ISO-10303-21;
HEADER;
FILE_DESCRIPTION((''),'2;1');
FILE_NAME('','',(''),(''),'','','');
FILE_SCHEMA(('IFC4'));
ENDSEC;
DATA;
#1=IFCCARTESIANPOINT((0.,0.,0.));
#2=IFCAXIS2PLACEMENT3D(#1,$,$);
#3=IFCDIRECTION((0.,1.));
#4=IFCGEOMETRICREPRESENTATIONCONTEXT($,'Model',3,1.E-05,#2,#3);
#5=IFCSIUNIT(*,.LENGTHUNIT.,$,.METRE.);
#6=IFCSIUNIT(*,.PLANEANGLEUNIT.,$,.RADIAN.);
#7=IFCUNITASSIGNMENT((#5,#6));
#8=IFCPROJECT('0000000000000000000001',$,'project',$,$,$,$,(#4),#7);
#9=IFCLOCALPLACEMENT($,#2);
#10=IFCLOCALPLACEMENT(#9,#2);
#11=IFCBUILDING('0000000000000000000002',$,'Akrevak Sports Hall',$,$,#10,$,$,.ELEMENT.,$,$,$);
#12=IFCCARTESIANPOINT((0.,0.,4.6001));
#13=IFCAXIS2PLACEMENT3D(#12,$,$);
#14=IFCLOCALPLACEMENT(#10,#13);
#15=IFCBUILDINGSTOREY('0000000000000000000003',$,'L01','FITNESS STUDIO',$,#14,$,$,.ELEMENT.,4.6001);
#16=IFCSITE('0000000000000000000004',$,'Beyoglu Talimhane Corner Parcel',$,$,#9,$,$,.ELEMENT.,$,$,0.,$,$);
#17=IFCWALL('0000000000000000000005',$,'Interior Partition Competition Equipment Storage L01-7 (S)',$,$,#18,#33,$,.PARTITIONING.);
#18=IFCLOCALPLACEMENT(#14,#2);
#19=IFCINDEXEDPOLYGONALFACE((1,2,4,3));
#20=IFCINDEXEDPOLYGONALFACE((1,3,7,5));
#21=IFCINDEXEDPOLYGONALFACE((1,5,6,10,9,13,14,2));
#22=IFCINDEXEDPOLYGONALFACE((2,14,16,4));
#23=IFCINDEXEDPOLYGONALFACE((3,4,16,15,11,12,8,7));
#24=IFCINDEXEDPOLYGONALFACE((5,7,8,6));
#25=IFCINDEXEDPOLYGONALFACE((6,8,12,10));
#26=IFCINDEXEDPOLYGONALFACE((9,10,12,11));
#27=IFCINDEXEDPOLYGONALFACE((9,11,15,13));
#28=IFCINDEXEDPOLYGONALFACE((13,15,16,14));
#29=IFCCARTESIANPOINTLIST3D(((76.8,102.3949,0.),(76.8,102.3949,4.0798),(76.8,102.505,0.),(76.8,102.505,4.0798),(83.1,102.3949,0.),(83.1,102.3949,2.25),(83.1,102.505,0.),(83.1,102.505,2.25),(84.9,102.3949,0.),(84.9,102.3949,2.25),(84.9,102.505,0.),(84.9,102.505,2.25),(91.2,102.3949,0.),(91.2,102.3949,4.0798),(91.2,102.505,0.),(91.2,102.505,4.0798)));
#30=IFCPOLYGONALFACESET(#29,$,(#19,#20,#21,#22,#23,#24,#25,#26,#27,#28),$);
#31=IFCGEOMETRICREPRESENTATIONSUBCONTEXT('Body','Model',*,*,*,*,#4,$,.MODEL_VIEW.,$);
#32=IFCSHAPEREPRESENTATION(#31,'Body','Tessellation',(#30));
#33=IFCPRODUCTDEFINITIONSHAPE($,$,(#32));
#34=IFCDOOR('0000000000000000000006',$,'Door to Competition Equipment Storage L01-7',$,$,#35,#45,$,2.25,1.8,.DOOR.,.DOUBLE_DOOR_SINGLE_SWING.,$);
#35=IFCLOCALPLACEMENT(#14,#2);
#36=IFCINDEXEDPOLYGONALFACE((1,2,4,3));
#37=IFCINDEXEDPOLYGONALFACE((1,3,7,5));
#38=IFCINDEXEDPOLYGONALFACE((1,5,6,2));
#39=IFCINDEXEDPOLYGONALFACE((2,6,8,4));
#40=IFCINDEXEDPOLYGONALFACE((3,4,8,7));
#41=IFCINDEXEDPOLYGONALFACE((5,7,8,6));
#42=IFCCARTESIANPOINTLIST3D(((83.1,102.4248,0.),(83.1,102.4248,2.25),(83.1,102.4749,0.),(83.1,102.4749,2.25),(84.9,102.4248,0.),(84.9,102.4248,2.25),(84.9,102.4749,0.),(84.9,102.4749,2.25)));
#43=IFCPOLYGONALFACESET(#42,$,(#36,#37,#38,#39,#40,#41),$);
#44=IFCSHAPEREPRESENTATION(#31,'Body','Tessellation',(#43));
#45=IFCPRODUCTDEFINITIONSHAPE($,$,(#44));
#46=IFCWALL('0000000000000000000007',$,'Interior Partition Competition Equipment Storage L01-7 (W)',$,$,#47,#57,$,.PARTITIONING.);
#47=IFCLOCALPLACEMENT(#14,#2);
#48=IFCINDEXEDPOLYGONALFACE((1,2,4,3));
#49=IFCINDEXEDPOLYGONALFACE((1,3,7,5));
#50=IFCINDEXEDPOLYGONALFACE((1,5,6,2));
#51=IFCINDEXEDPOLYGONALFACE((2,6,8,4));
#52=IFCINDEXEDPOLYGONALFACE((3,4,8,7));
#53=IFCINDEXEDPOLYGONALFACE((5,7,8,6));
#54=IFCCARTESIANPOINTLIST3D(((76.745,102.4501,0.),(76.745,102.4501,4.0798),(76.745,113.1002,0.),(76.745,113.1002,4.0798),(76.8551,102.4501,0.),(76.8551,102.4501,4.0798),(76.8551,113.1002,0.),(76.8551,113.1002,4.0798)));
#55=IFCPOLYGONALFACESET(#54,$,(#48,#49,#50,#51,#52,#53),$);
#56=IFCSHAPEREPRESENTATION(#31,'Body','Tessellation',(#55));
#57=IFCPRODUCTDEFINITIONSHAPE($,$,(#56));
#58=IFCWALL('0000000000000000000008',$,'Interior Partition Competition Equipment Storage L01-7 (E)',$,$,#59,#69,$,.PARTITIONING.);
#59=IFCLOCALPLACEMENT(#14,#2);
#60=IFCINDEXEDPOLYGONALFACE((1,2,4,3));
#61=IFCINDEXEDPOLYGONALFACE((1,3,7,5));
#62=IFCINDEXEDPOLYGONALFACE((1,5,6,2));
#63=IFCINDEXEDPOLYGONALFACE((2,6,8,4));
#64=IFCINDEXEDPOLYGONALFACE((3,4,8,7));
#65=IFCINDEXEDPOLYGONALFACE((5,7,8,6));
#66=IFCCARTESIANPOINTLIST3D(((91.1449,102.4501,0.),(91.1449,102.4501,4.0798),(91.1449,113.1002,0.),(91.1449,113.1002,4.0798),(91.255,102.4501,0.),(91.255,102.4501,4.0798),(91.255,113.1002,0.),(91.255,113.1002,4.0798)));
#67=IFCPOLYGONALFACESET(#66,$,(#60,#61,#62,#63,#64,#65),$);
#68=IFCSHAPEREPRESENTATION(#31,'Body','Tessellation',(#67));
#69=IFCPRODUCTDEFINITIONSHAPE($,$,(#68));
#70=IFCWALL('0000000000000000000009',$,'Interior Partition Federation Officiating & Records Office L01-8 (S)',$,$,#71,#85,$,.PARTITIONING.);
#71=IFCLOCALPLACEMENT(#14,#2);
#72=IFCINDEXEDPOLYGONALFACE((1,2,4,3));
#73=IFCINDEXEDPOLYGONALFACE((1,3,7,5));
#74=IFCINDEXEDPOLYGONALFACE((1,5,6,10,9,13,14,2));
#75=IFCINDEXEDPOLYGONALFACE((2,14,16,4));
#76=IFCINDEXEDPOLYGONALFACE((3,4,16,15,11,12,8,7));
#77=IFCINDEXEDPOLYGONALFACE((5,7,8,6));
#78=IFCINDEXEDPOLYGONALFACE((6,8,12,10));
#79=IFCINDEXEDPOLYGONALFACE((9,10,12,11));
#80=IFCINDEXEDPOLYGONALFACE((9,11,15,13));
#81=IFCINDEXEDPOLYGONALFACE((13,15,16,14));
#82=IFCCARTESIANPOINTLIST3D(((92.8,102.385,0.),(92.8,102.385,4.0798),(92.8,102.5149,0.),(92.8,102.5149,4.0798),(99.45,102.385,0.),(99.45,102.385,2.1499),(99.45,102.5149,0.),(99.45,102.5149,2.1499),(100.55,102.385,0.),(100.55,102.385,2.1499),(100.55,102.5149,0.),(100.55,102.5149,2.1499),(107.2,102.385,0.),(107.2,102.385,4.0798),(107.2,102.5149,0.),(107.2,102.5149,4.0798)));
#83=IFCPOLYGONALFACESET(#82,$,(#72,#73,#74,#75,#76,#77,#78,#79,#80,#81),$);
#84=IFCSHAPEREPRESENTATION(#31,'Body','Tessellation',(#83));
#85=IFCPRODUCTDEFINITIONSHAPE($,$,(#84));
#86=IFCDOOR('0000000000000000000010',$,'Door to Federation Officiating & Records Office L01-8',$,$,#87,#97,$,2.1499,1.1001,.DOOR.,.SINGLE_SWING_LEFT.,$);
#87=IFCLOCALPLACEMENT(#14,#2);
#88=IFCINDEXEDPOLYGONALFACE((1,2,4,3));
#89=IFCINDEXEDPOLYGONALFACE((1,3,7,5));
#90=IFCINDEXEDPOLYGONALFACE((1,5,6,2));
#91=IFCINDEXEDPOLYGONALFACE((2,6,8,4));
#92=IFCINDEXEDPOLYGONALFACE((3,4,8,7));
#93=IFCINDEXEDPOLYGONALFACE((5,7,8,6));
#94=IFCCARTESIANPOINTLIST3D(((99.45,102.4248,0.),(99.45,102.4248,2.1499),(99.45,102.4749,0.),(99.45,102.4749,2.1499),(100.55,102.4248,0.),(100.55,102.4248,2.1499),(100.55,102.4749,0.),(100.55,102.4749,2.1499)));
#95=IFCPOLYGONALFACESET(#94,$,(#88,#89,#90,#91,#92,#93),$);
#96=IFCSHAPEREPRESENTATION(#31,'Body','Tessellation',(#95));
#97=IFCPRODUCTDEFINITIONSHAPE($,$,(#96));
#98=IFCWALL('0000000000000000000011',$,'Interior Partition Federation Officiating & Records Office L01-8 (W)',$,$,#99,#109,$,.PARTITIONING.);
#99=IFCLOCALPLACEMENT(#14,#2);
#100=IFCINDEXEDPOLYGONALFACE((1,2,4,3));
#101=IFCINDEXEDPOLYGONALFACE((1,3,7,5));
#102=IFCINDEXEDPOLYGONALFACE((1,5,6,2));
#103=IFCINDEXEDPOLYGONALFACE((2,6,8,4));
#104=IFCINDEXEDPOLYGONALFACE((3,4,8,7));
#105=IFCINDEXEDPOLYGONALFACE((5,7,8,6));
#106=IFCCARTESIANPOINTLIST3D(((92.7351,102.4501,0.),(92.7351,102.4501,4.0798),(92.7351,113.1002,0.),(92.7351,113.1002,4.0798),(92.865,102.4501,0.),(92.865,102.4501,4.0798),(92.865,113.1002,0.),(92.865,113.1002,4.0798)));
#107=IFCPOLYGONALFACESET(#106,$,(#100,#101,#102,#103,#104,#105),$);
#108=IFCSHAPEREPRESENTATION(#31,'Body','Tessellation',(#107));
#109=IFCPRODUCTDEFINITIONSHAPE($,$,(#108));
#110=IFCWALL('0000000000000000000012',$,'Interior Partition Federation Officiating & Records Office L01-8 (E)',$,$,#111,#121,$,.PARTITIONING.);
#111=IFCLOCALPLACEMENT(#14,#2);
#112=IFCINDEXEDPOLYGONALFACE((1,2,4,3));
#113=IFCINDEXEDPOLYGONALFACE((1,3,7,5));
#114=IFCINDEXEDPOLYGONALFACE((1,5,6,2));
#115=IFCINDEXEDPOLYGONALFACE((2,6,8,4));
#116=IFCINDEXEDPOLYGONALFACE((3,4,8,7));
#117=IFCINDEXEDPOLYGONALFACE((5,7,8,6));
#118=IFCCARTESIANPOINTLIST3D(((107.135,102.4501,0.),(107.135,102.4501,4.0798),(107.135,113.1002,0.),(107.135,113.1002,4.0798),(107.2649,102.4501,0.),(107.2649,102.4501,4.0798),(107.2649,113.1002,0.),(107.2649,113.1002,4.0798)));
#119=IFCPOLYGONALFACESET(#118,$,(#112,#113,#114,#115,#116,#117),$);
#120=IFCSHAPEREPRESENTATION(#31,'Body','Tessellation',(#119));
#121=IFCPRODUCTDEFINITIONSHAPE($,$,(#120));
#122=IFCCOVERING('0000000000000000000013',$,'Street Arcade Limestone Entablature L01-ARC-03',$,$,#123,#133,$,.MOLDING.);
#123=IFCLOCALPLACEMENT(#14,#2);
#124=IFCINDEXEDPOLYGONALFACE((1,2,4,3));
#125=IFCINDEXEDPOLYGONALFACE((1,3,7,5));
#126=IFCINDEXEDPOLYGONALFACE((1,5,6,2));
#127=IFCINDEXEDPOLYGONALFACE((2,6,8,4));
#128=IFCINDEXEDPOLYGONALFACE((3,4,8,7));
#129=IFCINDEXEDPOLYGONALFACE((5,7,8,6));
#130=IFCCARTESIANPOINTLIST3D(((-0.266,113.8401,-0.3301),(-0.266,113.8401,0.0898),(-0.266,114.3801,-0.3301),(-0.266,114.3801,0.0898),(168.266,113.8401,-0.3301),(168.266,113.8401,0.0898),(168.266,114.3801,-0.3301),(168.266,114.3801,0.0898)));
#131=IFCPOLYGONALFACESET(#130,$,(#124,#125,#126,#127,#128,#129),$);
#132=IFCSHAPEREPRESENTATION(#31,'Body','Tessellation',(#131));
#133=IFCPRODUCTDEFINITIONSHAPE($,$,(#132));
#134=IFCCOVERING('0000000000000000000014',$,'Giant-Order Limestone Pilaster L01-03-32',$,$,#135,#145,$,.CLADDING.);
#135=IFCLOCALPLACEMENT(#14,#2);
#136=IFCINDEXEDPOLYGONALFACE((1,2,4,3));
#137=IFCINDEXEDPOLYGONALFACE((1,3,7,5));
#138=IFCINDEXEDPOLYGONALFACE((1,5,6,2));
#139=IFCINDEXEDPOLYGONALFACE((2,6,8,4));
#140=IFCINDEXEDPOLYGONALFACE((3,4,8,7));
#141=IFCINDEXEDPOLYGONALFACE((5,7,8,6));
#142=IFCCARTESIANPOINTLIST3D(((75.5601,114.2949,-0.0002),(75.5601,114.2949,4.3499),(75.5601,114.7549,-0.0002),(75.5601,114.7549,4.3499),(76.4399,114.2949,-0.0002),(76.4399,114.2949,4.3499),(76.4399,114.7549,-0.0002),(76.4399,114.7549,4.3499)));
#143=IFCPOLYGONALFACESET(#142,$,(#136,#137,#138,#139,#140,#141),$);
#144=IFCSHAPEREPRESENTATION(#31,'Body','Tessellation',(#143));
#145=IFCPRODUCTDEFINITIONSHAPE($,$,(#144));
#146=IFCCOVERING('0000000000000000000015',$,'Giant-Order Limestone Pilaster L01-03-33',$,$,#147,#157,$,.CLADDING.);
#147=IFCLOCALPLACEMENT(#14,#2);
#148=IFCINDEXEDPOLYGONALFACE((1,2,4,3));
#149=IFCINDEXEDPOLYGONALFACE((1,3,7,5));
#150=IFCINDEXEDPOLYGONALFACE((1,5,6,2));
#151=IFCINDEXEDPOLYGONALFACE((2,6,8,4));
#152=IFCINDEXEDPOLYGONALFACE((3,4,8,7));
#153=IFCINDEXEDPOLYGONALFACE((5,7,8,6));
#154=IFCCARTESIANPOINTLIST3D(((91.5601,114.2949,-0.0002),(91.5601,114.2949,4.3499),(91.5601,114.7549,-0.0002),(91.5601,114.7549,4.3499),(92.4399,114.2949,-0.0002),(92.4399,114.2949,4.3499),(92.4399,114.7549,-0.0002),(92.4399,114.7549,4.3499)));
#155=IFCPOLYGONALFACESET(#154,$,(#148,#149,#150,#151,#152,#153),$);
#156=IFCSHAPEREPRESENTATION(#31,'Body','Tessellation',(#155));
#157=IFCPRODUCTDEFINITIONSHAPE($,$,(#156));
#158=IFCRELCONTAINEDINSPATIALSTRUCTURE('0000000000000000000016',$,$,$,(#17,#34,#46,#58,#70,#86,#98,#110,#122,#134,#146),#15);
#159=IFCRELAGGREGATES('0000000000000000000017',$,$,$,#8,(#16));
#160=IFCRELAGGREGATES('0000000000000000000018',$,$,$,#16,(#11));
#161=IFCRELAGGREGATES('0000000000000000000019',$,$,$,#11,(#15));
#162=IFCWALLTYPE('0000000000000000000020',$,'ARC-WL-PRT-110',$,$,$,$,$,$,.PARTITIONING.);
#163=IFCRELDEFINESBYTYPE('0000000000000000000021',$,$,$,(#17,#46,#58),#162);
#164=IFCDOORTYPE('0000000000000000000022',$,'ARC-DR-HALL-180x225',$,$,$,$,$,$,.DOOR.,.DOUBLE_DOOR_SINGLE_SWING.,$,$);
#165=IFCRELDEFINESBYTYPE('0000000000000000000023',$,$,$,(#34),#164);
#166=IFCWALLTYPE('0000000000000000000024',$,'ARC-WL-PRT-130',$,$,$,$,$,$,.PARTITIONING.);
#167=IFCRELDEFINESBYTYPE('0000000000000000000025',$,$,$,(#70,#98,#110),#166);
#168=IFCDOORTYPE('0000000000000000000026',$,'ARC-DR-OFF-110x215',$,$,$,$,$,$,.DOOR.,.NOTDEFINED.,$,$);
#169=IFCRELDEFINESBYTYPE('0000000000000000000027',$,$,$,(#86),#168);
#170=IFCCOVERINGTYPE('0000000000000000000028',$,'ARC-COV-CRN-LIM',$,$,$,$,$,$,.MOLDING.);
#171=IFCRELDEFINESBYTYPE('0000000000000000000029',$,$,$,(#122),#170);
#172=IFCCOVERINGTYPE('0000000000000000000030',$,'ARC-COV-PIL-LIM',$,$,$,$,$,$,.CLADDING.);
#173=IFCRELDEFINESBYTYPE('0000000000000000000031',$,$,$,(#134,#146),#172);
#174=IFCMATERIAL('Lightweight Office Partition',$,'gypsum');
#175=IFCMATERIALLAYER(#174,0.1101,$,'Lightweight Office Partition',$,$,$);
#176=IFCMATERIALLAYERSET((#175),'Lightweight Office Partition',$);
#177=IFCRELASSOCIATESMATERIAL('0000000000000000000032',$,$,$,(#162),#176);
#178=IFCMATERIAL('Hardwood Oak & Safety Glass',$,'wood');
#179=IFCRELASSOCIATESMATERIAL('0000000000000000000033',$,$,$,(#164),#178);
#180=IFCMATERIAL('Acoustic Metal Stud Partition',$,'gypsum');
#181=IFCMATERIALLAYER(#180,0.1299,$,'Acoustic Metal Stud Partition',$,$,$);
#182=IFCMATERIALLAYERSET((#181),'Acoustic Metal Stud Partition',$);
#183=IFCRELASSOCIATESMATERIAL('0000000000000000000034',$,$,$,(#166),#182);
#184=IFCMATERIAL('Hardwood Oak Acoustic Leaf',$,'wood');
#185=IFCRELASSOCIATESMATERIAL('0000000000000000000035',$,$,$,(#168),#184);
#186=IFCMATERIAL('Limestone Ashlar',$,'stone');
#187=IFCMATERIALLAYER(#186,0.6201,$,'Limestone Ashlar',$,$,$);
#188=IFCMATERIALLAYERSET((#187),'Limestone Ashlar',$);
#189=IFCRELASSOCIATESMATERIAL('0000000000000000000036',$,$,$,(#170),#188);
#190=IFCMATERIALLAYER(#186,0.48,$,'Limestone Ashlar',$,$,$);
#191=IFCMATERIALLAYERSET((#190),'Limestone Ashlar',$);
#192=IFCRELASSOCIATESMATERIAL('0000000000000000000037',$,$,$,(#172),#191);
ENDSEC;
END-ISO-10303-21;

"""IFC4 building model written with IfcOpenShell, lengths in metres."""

from ifc_helpers import new_model, si_unit, direction, frame, frame_2d, origin, origin_2d, place, context, subcontext, project, spatial, rectangle, extrude, material, layer, layer_set, type_object, element, fill, save


model = new_model("IFC4")

# Units and contexts
model_context = context("Model", 3, precision=1e-05, world=origin(), true_north=direction((0.0, 1.0)))
body_context = subcontext(model_context, "Body", "Model", "MODEL_VIEW")
ifc_project = project(units=[si_unit("LENGTHUNIT", "METRE"), si_unit("PLANEANGLEUNIT", "RADIAN")], contexts=[model_context])

# Site, building, storey
site_placement = place(None, origin())
site = spatial("IfcSite", under=ifc_project, at=site_placement, Name="Beyoglu Talimhane Corner Parcel", CompositionType="ELEMENT", RefElevation=0.0)
building_placement = place(site_placement, origin())
building = spatial("IfcBuilding", under=site, at=building_placement, Name="Akrevak Sports Hall", CompositionType="ELEMENT")
storey_placement = place(building_placement, frame((0.0, 0.0, 4.6001)))
storey = spatial("IfcBuildingStorey", under=building, at=storey_placement, Name="L01", Description="FITNESS STUDIO", CompositionType="ELEMENT", Elevation=4.6001)

# Shared definitions
ifc_material_1 = material(Name="Limestone Ashlar", Category="stone")

# Wall, opening, door
ifc_material_2 = material(Name="Lightweight Office Partition", Category="gypsum")
ifc_layer_1 = layer(ifc_material_2, 0.1101, Name="Lightweight Office Partition")
ifc_layer_set_1 = layer_set([ifc_layer_1], Name="Lightweight Office Partition")
wall_type_1 = type_object("IfcWallType", Name="ARC-WL-PRT-110", PredefinedType="PARTITIONING", material=ifc_layer_set_1)
wall_1_placement = place(storey_placement, frame((76.8, 102.45, 0.0), z_axis=(0.0, 0.0, 1.0), x_axis=(1.0, 0.0, 0.0)))
wall_1 = element("IfcWall", 1, at=wall_1_placement, inside=storey, type_object=wall_type_1, Name="Interior Partition Competition Equipment Storage L01-7 (S)", PredefinedType="PARTITIONING", context=body_context, shape_type="SweptSolid", body=[
    extrude(rectangle(XDim=14.3999, YDim=0.1101, at=frame_2d((7.2, 0.0))), origin(), (0.0, 0.0, 1.0), 4.0798),
])
opening_1_placement = place(wall_1_placement, frame((6.3, 0.0, 0.0)))
opening_1 = element("IfcOpeningElement", 2, at=opening_1_placement, cuts=wall_1, PredefinedType="OPENING", context=body_context, shape_type="SweptSolid", body=[
    extrude(rectangle(XDim=1.8, YDim=2.25, at=frame_2d((0.8999, 1.125))), frame((0.0, 0.0669, 0.0), z_axis=(0.0, -1.0, 0.0), x_axis=(1.0, 0.0, 0.0)), (0.0, 0.0, 1.0), 0.134),
])
ifc_material_3 = material(Name="Hardwood Oak & Safety Glass", Category="wood")
door_type_1 = type_object("IfcDoorType", Name="ARC-DR-HALL-180x225", OperationType="DOUBLE_DOOR_SINGLE_SWING", PredefinedType="DOOR", material=ifc_material_3)
door_1_placement = place(opening_1_placement, origin())
door_1 = element("IfcDoor", 3, at=door_1_placement, inside=storey, type_object=door_type_1, Name="Door to Competition Equipment Storage L01-7", OperationType="DOUBLE_DOOR_SINGLE_SWING", OverallHeight=2.25, OverallWidth=1.8, PredefinedType="DOOR", context=body_context, shape_type="SweptSolid", body=[
    extrude(rectangle(XDim=1.8, YDim=2.25, at=frame_2d((0.8999, 1.125))), frame((0.0, 0.0249, 0.0), z_axis=(0.0, -1.0, 0.0), x_axis=(1.0, 0.0, 0.0)), (0.0, 0.0, 1.0), 0.05),
])
fill(opening_1, door_1)

# Walls
for number, where, z_axis, x_axis, name in (
    (4, (76.8, 102.45, 0.0), (0.0, 0.0, 1.0), (0.0, 1.0, 0.0), "Interior Partition Competition Equipment Storage L01-7 (W)"),
    (5, (91.2, 102.45, 0.0), (0.0, 0.0, 1.0), (0.0, 1.0, 0.0), "Interior Partition Competition Equipment Storage L01-7 (E)"),
):
    element("IfcWall", number, at=place(storey_placement, frame(where, z_axis=z_axis, x_axis=x_axis)), inside=storey, type_object=wall_type_1, Name=name, PredefinedType="PARTITIONING", context=body_context, shape_type="SweptSolid", body=[
        extrude(rectangle(XDim=10.6501, YDim=0.1101, at=frame_2d((5.3252, 0.0))), origin(), (0.0, 0.0, 1.0), 4.0798),
    ])

# Wall, opening, door
ifc_material_4 = material(Name="Acoustic Metal Stud Partition", Category="gypsum")
ifc_layer_2 = layer(ifc_material_4, 0.1299, Name="Acoustic Metal Stud Partition")
ifc_layer_set_2 = layer_set([ifc_layer_2], Name="Acoustic Metal Stud Partition")
wall_type_2 = type_object("IfcWallType", Name="ARC-WL-PRT-130", PredefinedType="PARTITIONING", material=ifc_layer_set_2)
wall_2_placement = place(storey_placement, frame((92.8, 102.45, 0.0), z_axis=(0.0, 0.0, 1.0), x_axis=(1.0, 0.0, 0.0)))
wall_2 = element("IfcWall", 6, at=wall_2_placement, inside=storey, type_object=wall_type_2, Name="Interior Partition Federation Officiating & Records Office L01-8 (S)", PredefinedType="PARTITIONING", context=body_context, shape_type="SweptSolid", body=[
    extrude(rectangle(XDim=14.3999, YDim=0.1299, at=frame_2d((7.2, 0.0))), origin(), (0.0, 0.0, 1.0), 4.0798),
])
opening_2_placement = place(wall_2_placement, frame((6.6499, 0.0, 0.0)))
opening_2 = element("IfcOpeningElement", 7, at=opening_2_placement, cuts=wall_2, PredefinedType="OPENING", context=body_context, shape_type="SweptSolid", body=[
    extrude(rectangle(XDim=1.1001, YDim=2.1499, at=frame_2d((0.55, 1.075))), frame((0.0, 0.0769, 0.0), z_axis=(0.0, -1.0, 0.0), x_axis=(1.0, 0.0, 0.0)), (0.0, 0.0, 1.0), 0.1538),
])
ifc_material_5 = material(Name="Hardwood Oak Acoustic Leaf", Category="wood")
door_type_2 = type_object("IfcDoorType", Name="ARC-DR-OFF-110x215", OperationType="NOTDEFINED", PredefinedType="DOOR", material=ifc_material_5)
door_2_placement = place(opening_2_placement, origin())
door_2 = element("IfcDoor", 8, at=door_2_placement, inside=storey, type_object=door_type_2, Name="Door to Federation Officiating & Records Office L01-8", OperationType="SINGLE_SWING_LEFT", OverallHeight=2.1499, OverallWidth=1.1001, PredefinedType="DOOR", context=body_context, shape_type="SweptSolid", body=[
    extrude(rectangle(XDim=1.1001, YDim=2.1499, at=frame_2d((0.55, 1.075))), frame((0.0, 0.0249, 0.0), z_axis=(0.0, -1.0, 0.0), x_axis=(1.0, 0.0, 0.0)), (0.0, 0.0, 1.0), 0.05),
])
fill(opening_2, door_2)

# Walls
for number, where, z_axis, x_axis, name in (
    (9, (92.8, 102.45, 0.0), (0.0, 0.0, 1.0), (0.0, 1.0, 0.0), "Interior Partition Federation Officiating & Records Office L01-8 (W)"),
    (10, (107.2, 102.45, 0.0), (0.0, 0.0, 1.0), (0.0, 1.0, 0.0), "Interior Partition Federation Officiating & Records Office L01-8 (E)"),
):
    element("IfcWall", number, at=place(storey_placement, frame(where, z_axis=z_axis, x_axis=x_axis)), inside=storey, type_object=wall_type_2, Name=name, PredefinedType="PARTITIONING", context=body_context, shape_type="SweptSolid", body=[
        extrude(rectangle(XDim=10.6501, YDim=0.1299, at=frame_2d((5.3252, 0.0))), origin(), (0.0, 0.0, 1.0), 4.0798),
    ])

# Coverings
ifc_layer_3 = layer(ifc_material_1, 0.6201, Name="Limestone Ashlar")
ifc_layer_set_3 = layer_set([ifc_layer_3], Name="Limestone Ashlar")
covering_type_1 = type_object("IfcCoveringType", Name="ARC-COV-CRN-LIM", PredefinedType="MOLDING", material=ifc_layer_set_3)
covering_placement = place(storey_placement, frame((84.0, 114.1101, -0.3301), z_axis=(0.0, 0.0, 1.0), x_axis=(-1.0, 0.0, 0.0)))
element("IfcCovering", 11, at=covering_placement, inside=storey, type_object=covering_type_1, Name="Street Arcade Limestone Entablature L01-ARC-03", PredefinedType="MOLDING", context=body_context, shape_type="SweptSolid", body=[
    extrude(rectangle(XDim=168.532, YDim=0.54, at=origin_2d()), origin(), (0.0, 0.0, 1.0), 0.4199),
])
ifc_layer_4 = layer(ifc_material_1, 0.48, Name="Limestone Ashlar")
ifc_layer_set_4 = layer_set([ifc_layer_4], Name="Limestone Ashlar")
covering_type_2 = type_object("IfcCoveringType", Name="ARC-COV-PIL-LIM", PredefinedType="CLADDING", material=ifc_layer_set_4)
for number, where, z_axis, x_axis, name in (
    (12, (76.0, 114.5249, -0.0002), (0.0, 0.0, 1.0), (-1.0, 0.0, 0.0), "Giant-Order Limestone Pilaster L01-03-32"),
    (13, (92.0, 114.5249, -0.0002), (0.0, 0.0, 1.0), (-1.0, 0.0, 0.0), "Giant-Order Limestone Pilaster L01-03-33"),
):
    element("IfcCovering", number, at=place(storey_placement, frame(where, z_axis=z_axis, x_axis=x_axis)), inside=storey, type_object=covering_type_2, Name=name, PredefinedType="CLADDING", context=body_context, shape_type="SweptSolid", body=[
        extrude(rectangle(XDim=0.8799, YDim=0.46, at=origin_2d()), origin(), (0.0, 0.0, 1.0), 4.3501),
    ])

save(model, "model.ifc")
